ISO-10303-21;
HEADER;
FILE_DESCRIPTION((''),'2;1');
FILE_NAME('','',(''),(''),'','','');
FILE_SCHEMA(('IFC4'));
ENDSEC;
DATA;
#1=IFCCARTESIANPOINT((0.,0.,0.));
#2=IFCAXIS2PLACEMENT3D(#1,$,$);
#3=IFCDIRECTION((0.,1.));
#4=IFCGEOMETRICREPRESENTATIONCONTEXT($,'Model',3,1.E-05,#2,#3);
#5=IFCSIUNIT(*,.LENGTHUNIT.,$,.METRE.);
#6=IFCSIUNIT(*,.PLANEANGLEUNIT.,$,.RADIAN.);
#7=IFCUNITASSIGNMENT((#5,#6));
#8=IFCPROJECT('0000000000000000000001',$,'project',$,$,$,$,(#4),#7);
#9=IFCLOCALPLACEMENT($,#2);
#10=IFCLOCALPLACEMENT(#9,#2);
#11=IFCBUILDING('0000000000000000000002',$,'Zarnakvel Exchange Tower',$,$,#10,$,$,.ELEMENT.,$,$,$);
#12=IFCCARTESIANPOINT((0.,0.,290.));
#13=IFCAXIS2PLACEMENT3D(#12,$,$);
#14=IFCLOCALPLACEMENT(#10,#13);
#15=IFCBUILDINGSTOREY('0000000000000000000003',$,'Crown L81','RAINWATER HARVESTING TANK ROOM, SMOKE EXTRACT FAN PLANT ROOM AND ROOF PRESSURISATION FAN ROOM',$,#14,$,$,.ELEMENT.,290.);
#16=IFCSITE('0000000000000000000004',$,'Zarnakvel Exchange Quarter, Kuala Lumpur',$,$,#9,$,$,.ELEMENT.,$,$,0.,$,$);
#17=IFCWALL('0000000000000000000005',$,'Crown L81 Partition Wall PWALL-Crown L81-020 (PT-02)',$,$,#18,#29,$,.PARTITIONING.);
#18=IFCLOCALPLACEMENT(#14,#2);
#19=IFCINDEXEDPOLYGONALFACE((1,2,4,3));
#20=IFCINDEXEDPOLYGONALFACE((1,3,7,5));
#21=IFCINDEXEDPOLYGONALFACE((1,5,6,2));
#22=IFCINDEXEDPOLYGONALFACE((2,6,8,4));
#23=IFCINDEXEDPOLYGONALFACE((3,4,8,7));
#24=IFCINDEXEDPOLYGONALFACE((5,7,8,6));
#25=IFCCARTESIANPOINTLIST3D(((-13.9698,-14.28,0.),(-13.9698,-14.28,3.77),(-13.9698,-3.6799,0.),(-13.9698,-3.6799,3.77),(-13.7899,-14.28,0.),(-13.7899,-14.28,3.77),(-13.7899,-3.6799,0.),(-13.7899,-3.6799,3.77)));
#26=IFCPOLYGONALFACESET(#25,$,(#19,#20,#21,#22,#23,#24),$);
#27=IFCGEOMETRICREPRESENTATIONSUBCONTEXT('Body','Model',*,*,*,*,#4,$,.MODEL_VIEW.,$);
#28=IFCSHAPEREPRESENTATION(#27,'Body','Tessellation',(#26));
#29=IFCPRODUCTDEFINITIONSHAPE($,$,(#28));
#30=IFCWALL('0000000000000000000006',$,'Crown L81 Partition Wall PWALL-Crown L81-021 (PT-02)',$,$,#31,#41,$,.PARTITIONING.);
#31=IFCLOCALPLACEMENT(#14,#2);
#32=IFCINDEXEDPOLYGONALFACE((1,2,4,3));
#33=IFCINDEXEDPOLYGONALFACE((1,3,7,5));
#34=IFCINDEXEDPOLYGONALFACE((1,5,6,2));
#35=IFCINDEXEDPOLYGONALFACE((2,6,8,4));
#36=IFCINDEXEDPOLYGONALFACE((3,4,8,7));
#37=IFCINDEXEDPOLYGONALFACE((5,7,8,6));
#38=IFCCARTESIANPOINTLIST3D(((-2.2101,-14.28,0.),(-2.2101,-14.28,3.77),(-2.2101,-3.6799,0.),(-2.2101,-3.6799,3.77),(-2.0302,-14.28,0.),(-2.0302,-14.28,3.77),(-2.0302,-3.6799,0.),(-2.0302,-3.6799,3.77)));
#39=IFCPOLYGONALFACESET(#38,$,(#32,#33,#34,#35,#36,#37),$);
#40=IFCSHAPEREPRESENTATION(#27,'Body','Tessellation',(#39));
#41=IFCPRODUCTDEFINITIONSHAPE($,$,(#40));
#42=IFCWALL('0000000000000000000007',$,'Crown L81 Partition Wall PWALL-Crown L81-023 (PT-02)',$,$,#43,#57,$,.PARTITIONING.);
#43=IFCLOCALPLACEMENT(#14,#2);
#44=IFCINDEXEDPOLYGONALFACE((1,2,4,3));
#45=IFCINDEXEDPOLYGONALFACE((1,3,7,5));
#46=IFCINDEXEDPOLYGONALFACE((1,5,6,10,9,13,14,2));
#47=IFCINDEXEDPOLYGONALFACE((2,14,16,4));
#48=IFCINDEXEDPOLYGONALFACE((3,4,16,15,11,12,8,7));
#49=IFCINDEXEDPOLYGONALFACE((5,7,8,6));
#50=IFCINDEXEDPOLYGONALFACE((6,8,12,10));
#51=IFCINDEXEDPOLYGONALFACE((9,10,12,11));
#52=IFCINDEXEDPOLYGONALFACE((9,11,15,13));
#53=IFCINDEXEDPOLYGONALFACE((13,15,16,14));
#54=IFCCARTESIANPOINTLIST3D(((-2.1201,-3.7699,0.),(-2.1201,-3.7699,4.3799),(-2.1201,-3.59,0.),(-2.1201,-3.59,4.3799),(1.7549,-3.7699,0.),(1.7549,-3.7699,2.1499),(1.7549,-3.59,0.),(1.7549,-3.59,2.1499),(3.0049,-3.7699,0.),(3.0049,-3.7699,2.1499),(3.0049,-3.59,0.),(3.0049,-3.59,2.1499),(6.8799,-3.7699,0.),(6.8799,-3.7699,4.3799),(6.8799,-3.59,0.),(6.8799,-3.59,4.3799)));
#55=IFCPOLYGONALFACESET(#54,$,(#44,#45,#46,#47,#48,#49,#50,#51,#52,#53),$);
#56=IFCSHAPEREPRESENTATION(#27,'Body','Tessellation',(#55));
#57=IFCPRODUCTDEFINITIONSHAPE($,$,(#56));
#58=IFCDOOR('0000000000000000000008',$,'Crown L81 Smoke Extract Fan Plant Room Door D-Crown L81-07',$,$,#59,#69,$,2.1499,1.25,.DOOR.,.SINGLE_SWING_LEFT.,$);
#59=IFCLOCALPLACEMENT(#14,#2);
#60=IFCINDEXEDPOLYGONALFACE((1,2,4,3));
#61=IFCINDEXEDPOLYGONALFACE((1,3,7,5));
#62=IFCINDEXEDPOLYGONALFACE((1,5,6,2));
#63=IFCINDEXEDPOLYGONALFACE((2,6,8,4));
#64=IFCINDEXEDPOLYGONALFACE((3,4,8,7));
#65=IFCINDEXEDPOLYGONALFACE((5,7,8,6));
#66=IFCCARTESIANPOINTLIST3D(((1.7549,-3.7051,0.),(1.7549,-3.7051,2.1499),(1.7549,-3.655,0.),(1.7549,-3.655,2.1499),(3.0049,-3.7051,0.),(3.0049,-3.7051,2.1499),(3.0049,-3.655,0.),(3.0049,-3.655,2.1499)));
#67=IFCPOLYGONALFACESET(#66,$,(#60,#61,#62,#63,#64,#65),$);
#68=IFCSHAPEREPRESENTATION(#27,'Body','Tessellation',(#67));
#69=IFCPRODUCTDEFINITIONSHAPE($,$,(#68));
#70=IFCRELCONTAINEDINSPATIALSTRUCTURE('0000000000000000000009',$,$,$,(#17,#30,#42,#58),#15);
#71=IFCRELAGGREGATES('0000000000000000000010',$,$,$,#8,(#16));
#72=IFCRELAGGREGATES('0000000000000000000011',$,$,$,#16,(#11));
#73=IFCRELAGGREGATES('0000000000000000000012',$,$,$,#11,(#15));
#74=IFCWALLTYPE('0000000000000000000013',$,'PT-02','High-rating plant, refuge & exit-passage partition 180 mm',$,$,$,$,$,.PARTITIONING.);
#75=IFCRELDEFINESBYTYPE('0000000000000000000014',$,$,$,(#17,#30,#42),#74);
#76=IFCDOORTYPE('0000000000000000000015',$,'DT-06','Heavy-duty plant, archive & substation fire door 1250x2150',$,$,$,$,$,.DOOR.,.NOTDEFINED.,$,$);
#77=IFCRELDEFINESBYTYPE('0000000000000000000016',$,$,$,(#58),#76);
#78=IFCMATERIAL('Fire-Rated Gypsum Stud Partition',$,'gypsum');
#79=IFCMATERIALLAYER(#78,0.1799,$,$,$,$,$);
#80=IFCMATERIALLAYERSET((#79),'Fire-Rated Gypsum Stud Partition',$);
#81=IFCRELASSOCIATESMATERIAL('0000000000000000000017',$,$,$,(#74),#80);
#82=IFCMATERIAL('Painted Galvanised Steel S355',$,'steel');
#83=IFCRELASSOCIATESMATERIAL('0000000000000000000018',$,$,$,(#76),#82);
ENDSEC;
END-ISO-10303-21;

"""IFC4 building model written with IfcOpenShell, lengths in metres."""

from ifc_helpers import new_model, si_unit, direction, frame, frame_2d, origin, place, context, subcontext, project, spatial, rectangle, extrude, source, transform, mapped, material, layer, layer_set, type_object, element, fill, save


model = new_model("IFC4")

# Units and contexts
model_context = context("Model", 3, precision=1e-05, world=origin(), true_north=direction((0.0, 1.0)))
body_context = subcontext(model_context, "Body", "Model", "MODEL_VIEW")
ifc_project = project(units=[si_unit("LENGTHUNIT", "METRE"), si_unit("PLANEANGLEUNIT", "RADIAN")], contexts=[model_context])

# Site, building, storey
site_placement = place(None, origin())
site = spatial("IfcSite", under=ifc_project, at=site_placement, Name="Zarnakvel Exchange Quarter, Kuala Lumpur", CompositionType="ELEMENT", RefElevation=0.0)
building_placement = place(site_placement, origin())
building = spatial("IfcBuilding", under=site, at=building_placement, Name="Zarnakvel Exchange Tower", CompositionType="ELEMENT")
storey_placement = place(building_placement, frame((0.0, 0.0, 290.0)))
storey = spatial("IfcBuildingStorey", under=building, at=storey_placement, Name="Crown L81", Description="RAINWATER HARVESTING TANK ROOM, SMOKE EXTRACT FAN PLANT ROOM AND ROOF PRESSURISATION FAN ROOM", CompositionType="ELEMENT", Elevation=290.0)

# Shared definitions
ifc_material_1 = material(Name="Painted Galvanised Steel S355", Category="steel")

# Shared definitions
ifc_material_2 = material(Name="Fire-Rated Gypsum Stud Partition", Category="gypsum")
ifc_layer_1 = layer(ifc_material_2, 0.1799)
ifc_layer_set_1 = layer_set([ifc_layer_1], Name="Fire-Rated Gypsum Stud Partition")
wall_type_1 = type_object("IfcWallType", Name="PT-02", Description="High-rating plant, refuge & exit-passage partition 180 mm", PredefinedType="PARTITIONING", material=ifc_layer_set_1)

# Shared definitions
door_type_1 = type_object("IfcDoorType", Name="DT-06", Description="Heavy-duty plant, archive & substation fire door 1250x2150", OperationType="NOTDEFINED", PredefinedType="DOOR", material=ifc_material_1)
shared_shape_1 = source(origin(), body_context, "Body", "SweptSolid", [
    extrude(rectangle(XDim=1.25, YDim=2.1499, at=frame_2d((0.625, 1.075))), frame((0.0, 0.0249, 0.0), z_axis=(0.0, -1.0, 0.0), x_axis=(1.0, 0.0, 0.0)), (0.0, 0.0, 1.0), 0.05),
])

# Walls
for number, where, z_axis, x_axis, name in (
    (1, (-13.8799, -14.28, 0.0), (0.0, 0.0, 1.0), (0.0, 1.0, 0.0), "Crown L81 Partition Wall PWALL-Crown L81-020 (PT-02)"),
    (2, (-2.1201, -3.6799, 0.0), (0.0, 0.0, 1.0), (0.0, -1.0, 0.0), "Crown L81 Partition Wall PWALL-Crown L81-021 (PT-02)"),
):
    element("IfcWall", number, at=place(storey_placement, frame(where, z_axis=z_axis, x_axis=x_axis)), inside=storey, type_object=wall_type_1, Name=name, PredefinedType="PARTITIONING", context=body_context, shape_type="SweptSolid", body=[
        extrude(rectangle(XDim=10.6001, YDim=0.1799, at=frame_2d((5.3, 0.0))), origin(), (0.0, 0.0, 1.0), 3.77),
    ])

# Wall, opening, door
wall_1_placement = place(storey_placement, frame((-2.1201, -3.6799, 0.0), z_axis=(0.0, 0.0, 1.0), x_axis=(1.0, 0.0, 0.0)))
wall_1 = element("IfcWall", 3, at=wall_1_placement, inside=storey, type_object=wall_type_1, Name="Crown L81 Partition Wall PWALL-Crown L81-023 (PT-02)", PredefinedType="PARTITIONING", context=body_context, shape_type="SweptSolid", body=[
    extrude(rectangle(XDim=9.0, YDim=0.1799, at=frame_2d((4.5, 0.0))), origin(), (0.0, 0.0, 1.0), 4.3799),
])
opening_1_placement = place(wall_1_placement, frame((3.875, 0.0, 0.0)))
opening_1 = element("IfcOpeningElement", 4, at=opening_1_placement, cuts=wall_1, PredefinedType="OPENING", context=body_context, shape_type="SweptSolid", body=[
    extrude(rectangle(XDim=1.25, YDim=2.1499, at=frame_2d((0.625, 1.075))), frame((0.0, 0.0999, 0.0), z_axis=(0.0, -1.0, 0.0), x_axis=(1.0, 0.0, 0.0)), (0.0, 0.0, 1.0), 0.2),
])
door_1_placement = place(opening_1_placement, origin())
door_1 = element("IfcDoor", 5, at=door_1_placement, inside=storey, type_object=door_type_1, Name="Crown L81 Smoke Extract Fan Plant Room Door D-Crown L81-07", OperationType="SINGLE_SWING_LEFT", OverallHeight=2.1499, OverallWidth=1.25, PredefinedType="DOOR", context=body_context, shape_type="MappedRepresentation", body=[
    mapped(shared_shape_1, transform((0.0, 0.0, 0.0), x_axis=(1.0, 0.0, 0.0), y_axis=(0.0, 1.0, 0.0), z_axis=(0.0, 0.0, 1.0), scale=1.0)),
])
fill(opening_1, door_1)

save(model, "model.ifc")
